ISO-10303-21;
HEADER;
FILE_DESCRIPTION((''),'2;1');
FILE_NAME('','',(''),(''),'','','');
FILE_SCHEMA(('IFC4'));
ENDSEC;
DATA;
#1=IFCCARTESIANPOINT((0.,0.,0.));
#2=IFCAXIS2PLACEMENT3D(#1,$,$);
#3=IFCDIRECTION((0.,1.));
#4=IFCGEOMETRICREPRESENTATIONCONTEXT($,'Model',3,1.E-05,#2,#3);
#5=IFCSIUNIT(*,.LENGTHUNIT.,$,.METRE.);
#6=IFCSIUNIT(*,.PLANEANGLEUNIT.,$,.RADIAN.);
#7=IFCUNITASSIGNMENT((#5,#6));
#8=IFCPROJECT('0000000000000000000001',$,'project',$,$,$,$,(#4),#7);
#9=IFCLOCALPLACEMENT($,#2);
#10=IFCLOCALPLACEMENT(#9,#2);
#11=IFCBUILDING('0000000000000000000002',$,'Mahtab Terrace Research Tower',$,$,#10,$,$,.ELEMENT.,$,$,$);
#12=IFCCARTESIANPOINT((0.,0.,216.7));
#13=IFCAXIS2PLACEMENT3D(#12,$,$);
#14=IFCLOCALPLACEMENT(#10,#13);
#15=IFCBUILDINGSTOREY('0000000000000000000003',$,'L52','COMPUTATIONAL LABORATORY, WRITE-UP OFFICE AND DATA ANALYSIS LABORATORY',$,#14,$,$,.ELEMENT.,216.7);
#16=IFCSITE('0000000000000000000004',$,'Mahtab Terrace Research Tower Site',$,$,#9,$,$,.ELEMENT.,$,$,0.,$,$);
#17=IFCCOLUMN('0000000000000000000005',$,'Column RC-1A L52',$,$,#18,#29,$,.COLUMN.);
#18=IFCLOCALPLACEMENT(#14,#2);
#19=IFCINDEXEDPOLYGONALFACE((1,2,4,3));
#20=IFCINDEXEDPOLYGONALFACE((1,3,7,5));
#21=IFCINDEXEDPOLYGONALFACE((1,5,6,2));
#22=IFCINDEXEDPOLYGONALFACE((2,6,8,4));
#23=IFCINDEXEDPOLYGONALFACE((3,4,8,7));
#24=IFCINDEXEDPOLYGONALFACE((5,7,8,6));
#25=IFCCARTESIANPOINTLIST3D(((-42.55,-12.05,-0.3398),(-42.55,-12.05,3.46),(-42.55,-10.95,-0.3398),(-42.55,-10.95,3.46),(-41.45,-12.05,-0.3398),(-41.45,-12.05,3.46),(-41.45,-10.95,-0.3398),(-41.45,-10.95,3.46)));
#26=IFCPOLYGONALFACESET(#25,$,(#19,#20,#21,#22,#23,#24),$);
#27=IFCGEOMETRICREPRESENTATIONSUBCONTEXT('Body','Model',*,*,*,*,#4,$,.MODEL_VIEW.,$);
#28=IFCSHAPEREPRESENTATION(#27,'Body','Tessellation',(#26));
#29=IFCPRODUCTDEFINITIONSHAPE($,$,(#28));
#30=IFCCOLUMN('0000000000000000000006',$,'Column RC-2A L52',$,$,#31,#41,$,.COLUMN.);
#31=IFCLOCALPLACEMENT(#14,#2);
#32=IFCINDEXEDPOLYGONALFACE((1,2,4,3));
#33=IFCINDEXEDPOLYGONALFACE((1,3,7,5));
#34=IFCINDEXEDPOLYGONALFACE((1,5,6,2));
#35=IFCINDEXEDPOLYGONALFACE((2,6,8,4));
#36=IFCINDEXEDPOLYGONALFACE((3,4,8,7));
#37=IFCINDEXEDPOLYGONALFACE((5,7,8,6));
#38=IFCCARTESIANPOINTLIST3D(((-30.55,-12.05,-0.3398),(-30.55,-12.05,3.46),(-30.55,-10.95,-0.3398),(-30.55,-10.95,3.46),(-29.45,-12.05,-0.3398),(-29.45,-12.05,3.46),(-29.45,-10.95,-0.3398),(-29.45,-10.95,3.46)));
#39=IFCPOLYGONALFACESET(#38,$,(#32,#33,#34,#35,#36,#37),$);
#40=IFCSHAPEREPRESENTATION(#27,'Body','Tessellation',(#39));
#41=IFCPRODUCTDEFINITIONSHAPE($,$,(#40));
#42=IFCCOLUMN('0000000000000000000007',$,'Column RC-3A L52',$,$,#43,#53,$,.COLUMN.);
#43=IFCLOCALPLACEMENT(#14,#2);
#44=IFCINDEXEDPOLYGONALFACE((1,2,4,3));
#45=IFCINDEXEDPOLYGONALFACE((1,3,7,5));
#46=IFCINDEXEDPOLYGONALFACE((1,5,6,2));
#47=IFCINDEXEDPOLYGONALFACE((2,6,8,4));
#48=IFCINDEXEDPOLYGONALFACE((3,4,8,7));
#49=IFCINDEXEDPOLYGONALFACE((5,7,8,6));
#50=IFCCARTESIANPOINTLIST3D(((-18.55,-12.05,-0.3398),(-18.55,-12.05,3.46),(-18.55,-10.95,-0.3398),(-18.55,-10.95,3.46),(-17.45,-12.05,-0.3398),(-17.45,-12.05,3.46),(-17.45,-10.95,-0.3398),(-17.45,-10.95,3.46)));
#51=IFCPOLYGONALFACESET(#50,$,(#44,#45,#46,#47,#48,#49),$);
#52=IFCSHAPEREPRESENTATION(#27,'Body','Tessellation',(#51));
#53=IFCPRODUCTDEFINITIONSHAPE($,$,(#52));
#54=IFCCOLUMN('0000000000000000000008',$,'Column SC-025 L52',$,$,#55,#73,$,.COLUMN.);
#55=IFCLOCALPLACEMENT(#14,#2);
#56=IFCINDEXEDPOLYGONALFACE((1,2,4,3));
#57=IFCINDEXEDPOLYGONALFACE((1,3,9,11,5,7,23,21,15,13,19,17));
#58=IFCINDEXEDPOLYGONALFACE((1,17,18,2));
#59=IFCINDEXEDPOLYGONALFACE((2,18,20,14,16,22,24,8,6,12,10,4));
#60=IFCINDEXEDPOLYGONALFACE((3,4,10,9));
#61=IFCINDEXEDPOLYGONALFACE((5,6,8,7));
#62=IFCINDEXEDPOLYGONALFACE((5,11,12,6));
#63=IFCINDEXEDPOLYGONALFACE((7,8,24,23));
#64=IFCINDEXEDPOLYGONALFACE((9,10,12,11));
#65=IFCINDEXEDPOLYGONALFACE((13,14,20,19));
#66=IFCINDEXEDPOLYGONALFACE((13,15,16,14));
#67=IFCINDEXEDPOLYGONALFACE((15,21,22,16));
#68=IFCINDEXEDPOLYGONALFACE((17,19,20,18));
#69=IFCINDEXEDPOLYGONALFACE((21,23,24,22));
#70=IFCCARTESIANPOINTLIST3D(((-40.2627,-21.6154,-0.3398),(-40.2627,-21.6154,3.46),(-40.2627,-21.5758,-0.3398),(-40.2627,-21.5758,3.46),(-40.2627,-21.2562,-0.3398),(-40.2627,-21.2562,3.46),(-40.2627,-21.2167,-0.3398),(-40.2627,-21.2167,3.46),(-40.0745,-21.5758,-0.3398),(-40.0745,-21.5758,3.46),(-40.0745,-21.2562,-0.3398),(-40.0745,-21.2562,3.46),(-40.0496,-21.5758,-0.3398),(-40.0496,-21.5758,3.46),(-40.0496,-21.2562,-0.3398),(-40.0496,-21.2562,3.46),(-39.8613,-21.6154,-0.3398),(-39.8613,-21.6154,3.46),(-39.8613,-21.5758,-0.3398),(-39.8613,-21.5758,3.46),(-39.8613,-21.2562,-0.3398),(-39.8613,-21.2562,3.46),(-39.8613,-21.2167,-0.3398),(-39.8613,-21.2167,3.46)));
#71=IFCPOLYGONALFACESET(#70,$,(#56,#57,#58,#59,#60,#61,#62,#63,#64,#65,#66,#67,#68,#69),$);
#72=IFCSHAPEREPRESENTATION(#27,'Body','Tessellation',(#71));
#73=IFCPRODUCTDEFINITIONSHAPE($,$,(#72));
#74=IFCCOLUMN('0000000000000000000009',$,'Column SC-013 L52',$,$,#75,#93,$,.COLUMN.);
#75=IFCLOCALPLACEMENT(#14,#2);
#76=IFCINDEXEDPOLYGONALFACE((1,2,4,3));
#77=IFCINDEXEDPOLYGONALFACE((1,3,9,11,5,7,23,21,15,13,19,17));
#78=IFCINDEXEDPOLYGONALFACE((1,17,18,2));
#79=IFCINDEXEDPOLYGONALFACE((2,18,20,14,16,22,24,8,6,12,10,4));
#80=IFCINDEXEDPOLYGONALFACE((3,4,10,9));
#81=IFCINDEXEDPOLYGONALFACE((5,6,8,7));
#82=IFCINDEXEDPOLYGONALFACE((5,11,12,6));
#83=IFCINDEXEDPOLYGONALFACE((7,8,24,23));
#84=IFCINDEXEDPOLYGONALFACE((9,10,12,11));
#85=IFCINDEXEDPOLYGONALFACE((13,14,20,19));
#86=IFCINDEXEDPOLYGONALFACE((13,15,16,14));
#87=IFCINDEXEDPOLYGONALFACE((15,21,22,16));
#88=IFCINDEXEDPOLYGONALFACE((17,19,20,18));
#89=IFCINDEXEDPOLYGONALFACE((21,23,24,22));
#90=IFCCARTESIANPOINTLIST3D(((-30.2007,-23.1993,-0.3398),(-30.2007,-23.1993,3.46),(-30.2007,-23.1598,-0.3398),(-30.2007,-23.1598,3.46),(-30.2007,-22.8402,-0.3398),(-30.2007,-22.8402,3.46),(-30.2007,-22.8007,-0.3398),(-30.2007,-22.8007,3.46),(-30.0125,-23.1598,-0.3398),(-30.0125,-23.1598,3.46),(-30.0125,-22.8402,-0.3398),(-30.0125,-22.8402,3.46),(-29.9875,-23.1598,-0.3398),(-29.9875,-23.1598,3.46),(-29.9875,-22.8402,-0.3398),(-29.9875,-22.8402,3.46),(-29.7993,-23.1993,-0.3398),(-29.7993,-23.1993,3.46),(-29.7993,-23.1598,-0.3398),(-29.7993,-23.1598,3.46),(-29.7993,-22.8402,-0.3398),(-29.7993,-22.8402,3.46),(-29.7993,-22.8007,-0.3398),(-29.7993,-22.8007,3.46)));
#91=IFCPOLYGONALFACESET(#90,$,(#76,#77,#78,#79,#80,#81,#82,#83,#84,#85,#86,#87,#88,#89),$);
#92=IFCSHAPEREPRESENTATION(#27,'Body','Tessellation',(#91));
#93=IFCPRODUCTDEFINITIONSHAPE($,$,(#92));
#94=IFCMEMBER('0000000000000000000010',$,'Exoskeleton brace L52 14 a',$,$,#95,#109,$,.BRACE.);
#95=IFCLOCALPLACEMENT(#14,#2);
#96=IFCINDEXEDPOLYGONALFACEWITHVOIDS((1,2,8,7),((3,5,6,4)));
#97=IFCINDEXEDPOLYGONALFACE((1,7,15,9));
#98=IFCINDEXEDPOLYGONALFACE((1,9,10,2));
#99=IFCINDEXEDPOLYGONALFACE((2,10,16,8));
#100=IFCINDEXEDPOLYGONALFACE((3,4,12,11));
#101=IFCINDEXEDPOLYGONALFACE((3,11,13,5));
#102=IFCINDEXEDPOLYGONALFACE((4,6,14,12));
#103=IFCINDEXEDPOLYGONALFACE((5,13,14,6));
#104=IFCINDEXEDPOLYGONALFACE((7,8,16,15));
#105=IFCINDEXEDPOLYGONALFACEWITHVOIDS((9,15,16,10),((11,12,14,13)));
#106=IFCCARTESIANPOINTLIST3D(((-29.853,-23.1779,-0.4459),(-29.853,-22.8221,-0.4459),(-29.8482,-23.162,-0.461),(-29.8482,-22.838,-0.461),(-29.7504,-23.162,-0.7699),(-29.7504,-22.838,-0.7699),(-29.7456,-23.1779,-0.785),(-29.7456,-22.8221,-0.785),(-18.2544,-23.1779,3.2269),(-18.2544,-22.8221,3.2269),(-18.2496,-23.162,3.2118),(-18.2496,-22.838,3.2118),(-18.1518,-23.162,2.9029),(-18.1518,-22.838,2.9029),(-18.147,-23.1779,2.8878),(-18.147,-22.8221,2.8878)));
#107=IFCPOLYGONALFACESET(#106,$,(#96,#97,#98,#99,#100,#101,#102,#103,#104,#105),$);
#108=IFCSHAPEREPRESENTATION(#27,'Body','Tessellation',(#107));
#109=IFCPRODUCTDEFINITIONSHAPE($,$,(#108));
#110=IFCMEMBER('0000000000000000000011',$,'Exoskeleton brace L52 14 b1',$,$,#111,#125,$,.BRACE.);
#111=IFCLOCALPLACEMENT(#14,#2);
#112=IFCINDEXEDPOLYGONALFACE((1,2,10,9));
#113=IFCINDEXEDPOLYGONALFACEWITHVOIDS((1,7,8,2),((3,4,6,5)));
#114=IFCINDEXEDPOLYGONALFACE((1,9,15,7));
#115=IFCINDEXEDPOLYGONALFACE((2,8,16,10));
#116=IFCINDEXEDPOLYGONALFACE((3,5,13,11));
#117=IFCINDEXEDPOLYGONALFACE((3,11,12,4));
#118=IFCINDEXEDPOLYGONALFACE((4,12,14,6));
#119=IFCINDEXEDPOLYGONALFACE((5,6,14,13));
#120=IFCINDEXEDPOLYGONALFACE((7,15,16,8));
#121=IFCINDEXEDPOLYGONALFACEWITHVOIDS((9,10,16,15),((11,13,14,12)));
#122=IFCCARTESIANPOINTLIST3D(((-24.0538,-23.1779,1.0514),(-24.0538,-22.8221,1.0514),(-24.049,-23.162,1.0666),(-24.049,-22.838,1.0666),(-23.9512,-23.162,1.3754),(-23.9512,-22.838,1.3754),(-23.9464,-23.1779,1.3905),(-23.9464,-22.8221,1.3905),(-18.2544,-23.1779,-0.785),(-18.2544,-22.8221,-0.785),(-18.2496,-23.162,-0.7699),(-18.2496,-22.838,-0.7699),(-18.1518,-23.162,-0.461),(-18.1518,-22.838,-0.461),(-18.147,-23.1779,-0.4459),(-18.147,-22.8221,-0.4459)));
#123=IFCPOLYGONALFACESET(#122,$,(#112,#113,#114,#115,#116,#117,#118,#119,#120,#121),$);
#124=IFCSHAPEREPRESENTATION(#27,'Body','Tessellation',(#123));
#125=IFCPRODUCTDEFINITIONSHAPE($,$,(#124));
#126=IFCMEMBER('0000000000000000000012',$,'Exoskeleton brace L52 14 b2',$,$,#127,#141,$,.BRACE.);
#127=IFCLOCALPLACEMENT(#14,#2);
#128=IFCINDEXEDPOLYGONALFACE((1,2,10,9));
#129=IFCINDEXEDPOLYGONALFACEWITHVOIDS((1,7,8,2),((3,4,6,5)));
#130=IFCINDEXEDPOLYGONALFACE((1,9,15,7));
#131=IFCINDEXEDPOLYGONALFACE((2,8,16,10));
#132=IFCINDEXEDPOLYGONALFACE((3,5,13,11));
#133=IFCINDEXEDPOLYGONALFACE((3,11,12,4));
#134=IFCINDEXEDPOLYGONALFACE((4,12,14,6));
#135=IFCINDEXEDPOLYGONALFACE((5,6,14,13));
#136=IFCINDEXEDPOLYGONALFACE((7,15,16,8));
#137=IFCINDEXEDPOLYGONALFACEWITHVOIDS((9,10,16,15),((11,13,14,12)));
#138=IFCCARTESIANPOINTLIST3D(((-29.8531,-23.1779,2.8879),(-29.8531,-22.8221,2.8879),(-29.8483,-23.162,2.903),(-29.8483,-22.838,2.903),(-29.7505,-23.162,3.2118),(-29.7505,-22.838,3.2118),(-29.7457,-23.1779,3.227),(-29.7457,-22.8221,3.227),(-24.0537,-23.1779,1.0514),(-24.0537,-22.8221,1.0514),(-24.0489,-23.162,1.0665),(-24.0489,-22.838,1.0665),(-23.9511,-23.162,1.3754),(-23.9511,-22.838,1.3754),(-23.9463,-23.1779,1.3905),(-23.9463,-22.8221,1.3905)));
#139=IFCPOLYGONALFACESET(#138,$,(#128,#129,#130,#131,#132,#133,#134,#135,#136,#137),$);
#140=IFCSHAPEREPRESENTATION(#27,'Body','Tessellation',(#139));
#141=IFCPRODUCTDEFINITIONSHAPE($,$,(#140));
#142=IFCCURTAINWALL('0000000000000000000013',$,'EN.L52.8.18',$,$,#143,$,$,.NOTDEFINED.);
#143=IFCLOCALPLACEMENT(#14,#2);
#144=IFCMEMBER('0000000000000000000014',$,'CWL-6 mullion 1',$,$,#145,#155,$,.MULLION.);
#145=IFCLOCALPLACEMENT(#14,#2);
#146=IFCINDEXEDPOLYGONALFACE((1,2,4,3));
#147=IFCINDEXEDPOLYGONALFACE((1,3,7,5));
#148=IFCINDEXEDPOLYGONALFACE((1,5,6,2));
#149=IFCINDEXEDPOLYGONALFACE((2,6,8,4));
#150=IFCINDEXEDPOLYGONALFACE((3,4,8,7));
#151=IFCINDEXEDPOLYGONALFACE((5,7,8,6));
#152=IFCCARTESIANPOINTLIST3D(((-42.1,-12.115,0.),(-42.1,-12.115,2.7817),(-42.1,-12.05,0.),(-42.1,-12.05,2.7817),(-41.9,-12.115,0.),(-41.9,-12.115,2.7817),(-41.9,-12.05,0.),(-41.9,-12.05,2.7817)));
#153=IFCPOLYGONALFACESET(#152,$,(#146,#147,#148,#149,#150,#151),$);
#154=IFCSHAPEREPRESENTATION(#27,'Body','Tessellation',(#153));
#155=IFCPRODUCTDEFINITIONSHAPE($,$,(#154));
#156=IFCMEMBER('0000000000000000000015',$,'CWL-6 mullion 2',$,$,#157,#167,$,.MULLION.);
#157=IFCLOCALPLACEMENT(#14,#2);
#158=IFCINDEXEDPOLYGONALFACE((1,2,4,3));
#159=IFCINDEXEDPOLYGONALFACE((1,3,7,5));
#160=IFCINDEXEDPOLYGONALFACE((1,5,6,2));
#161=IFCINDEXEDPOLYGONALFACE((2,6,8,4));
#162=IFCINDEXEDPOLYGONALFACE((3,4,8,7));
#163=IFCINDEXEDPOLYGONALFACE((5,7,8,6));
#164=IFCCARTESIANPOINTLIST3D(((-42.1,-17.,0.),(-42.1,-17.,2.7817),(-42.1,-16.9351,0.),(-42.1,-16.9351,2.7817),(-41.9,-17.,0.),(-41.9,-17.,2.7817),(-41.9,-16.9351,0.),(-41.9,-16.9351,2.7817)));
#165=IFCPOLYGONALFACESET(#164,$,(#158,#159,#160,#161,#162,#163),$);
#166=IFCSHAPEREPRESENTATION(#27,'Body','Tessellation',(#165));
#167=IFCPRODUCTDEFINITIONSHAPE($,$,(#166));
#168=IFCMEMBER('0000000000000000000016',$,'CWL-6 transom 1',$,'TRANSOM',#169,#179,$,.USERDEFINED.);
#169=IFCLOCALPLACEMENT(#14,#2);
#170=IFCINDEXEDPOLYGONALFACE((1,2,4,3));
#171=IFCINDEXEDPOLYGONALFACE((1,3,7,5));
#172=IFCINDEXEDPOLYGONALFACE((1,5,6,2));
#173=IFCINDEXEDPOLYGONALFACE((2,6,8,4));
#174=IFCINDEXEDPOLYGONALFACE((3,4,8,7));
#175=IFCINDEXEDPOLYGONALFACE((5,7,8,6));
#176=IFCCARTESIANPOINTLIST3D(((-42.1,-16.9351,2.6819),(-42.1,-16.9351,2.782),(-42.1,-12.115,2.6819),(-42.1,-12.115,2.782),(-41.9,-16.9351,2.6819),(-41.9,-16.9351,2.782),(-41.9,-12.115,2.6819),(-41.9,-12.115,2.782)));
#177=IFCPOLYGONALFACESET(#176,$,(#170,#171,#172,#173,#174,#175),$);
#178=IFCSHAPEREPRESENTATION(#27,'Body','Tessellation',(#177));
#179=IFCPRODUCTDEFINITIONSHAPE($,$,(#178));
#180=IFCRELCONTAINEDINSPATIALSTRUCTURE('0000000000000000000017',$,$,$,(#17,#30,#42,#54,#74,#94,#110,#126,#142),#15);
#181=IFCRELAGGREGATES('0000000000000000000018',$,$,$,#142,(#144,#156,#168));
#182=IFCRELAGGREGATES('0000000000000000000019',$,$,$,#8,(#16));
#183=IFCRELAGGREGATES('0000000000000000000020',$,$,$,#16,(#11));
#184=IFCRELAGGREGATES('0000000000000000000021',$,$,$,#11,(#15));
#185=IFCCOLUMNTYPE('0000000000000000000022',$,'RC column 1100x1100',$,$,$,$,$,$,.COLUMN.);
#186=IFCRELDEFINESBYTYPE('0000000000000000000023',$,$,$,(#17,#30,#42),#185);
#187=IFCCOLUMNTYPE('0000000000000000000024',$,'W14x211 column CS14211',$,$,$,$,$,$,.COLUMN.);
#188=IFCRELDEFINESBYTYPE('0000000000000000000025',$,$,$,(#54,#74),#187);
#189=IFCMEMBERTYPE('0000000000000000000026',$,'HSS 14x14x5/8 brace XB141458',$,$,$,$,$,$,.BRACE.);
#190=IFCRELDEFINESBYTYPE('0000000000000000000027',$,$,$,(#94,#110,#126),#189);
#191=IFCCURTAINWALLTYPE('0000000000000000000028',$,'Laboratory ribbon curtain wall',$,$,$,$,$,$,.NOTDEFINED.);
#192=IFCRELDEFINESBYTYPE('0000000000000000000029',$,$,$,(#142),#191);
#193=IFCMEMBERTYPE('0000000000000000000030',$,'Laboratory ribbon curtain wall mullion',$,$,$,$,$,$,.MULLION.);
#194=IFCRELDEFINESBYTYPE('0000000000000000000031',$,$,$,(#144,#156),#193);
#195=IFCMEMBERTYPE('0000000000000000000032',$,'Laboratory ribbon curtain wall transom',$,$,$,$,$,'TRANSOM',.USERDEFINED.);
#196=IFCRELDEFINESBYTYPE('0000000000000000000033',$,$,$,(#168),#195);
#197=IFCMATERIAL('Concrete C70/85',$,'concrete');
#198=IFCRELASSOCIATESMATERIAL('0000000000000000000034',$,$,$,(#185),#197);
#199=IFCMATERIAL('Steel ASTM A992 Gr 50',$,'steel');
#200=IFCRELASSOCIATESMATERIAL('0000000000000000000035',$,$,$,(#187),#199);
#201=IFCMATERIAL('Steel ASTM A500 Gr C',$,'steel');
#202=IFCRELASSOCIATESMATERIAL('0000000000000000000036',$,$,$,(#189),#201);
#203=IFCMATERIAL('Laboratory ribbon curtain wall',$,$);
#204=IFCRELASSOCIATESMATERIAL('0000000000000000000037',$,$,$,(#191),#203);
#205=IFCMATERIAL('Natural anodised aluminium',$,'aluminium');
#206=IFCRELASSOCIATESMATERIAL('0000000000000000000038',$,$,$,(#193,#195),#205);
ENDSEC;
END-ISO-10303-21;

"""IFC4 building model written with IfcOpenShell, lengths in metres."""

from ifc_helpers import new_model, si_unit, direction, frame, origin, origin_2d, place, context, subcontext, project, spatial, rectangle, hollow_rectangle, i_section, extrude, material, material_profile, profile_set, type_object, element, aggregate, save


model = new_model("IFC4")

# Units and contexts
model_context = context("Model", 3, precision=1e-05, world=origin(), true_north=direction((0.0, 1.0)))
body_context = subcontext(model_context, "Body", "Model", "MODEL_VIEW")
ifc_project = project(units=[si_unit("LENGTHUNIT", "METRE"), si_unit("PLANEANGLEUNIT", "RADIAN")], contexts=[model_context])

# Site, building, storey
site_placement = place(None, origin())
site = spatial("IfcSite", under=ifc_project, at=site_placement, Name="Mahtab Terrace Research Tower Site", CompositionType="ELEMENT", RefElevation=0.0)
building_placement = place(site_placement, origin())
building = spatial("IfcBuilding", under=site, at=building_placement, Name="Mahtab Terrace Research Tower", CompositionType="ELEMENT")
storey_placement = place(building_placement, frame((0.0, 0.0, 216.7)))
storey = spatial("IfcBuildingStorey", under=building, at=storey_placement, Name="L52", Description="COMPUTATIONAL LABORATORY, WRITE-UP OFFICE AND DATA ANALYSIS LABORATORY", CompositionType="ELEMENT", Elevation=216.7)

# Columns
ifc_material_1 = material(Name="Concrete C70/85", Category="concrete")
ifc_material_profile_1 = material_profile(ifc_material_1, rectangle(XDim=1.1001, YDim=1.1001, at=origin_2d()), Name="RC column 1100x1100")
ifc_profile_set_1 = profile_set([ifc_material_profile_1], Name="Concrete C70/85")
column_type_1 = type_object("IfcColumnType", Name="RC column 1100x1100", PredefinedType="COLUMN", material=ifc_profile_set_1)
for number, where, z_axis, x_axis, name in (
    (1, (-42.0, -11.5, -0.3398), (0.0, 0.0, 1.0), (1.0, 0.0, 0.0), "Column RC-1A L52"),
    (2, (-30.0, -11.5, -0.3398), (0.0, 0.0, 1.0), (1.0, 0.0, 0.0), "Column RC-2A L52"),
    (3, (-18.0, -11.5, -0.3398), (0.0, 0.0, 1.0), (1.0, 0.0, 0.0), "Column RC-3A L52"),
):
    element("IfcColumn", number, at=place(storey_placement, frame(where, z_axis=z_axis, x_axis=x_axis)), inside=storey, type_object=column_type_1, Name=name, PredefinedType="COLUMN", context=body_context, shape_type="SweptSolid", body=[
        extrude(rectangle(XDim=1.1001, YDim=1.1001, at=origin_2d()), origin(), (0.0, 0.0, 1.0), 3.7998),
    ])
ifc_material_2 = material(Name="Steel ASTM A992 Gr 50", Category="steel")
ifc_material_profile_2 = material_profile(ifc_material_2, i_section(OverallWidth=0.4014, OverallDepth=0.3987, WebThickness=0.0249, FlangeThickness=0.0396, at=origin_2d()), Name="W14X211")
ifc_profile_set_2 = profile_set([ifc_material_profile_2], Name="Steel ASTM A992 Gr 50")
column_type_2 = type_object("IfcColumnType", Name="W14x211 column CS14211", PredefinedType="COLUMN", material=ifc_profile_set_2)
for number, where, z_axis, x_axis, name in (
    (4, (-40.062, -21.416, -0.3398), (0.0, 0.0, 1.0), (1.0, 0.0, 0.0), "Column SC-025 L52"),
    (5, (-30.0, -23.0, -0.3398), (0.0, 0.0, 1.0), (1.0, 0.0, 0.0), "Column SC-013 L52"),
):
    element("IfcColumn", number, at=place(storey_placement, frame(where, z_axis=z_axis, x_axis=x_axis)), inside=storey, type_object=column_type_2, Name=name, PredefinedType="COLUMN", context=body_context, shape_type="SweptSolid", body=[
        extrude(i_section(OverallWidth=0.4014, OverallDepth=0.3987, WebThickness=0.0249, FlangeThickness=0.0396, at=origin_2d()), origin(), (0.0, 0.0, 1.0), 3.7998),
    ])

# Members
ifc_material_3 = material(Name="Steel ASTM A500 Gr C", Category="steel")
ifc_material_profile_3 = material_profile(ifc_material_3, hollow_rectangle(XDim=0.3557, YDim=0.3557, WallThickness=0.0159, at=origin_2d()), Name="HSS14X14X5/8")
ifc_profile_set_3 = profile_set([ifc_material_profile_3], Name="Steel ASTM A500 Gr C")
member_type_1 = type_object("IfcMemberType", Name="HSS 14x14x5/8 brace XB141458", PredefinedType="BRACE", material=ifc_profile_set_3)
member_1_placement = place(storey_placement, frame((-29.7993, -23.0, -0.6155), z_axis=(0.953343, 0.0, 0.301888), x_axis=(0.0, 1.0, 0.0)))
element("IfcMember", 6, at=member_1_placement, inside=storey, type_object=member_type_1, Name="Exoskeleton brace L52 14 a", PredefinedType="BRACE", context=body_context, shape_type="SweptSolid", body=[
    extrude(hollow_rectangle(XDim=0.3557, YDim=0.3557, WallThickness=0.0159, at=origin_2d()), origin(), (0.0, 0.0, 1.0), 12.1663),
])
for number, where, z_axis, x_axis, name in (
    (7, (-18.2007, -23.0, -0.6155), (-0.953343, 0.0, 0.301888), (0.0, -1.0, 0.0), "Exoskeleton brace L52 14 b1"),
    (8, (-24.0, -23.0, 1.2209), (-0.953343, 0.0, 0.301888), (0.0, -1.0, 0.0), "Exoskeleton brace L52 14 b2"),
):
    element("IfcMember", number, at=place(storey_placement, frame(where, z_axis=z_axis, x_axis=x_axis)), inside=storey, type_object=member_type_1, Name=name, PredefinedType="BRACE", context=body_context, shape_type="SweptSolid", body=[
        extrude(hollow_rectangle(XDim=0.3557, YDim=0.3557, WallThickness=0.0159, at=origin_2d()), origin(), (0.0, 0.0, 1.0), 6.0833),
    ])

# Curtain wall, members
ifc_material_4 = material(Name="Laboratory ribbon curtain wall")
curtain_wall_type = type_object("IfcCurtainWallType", Name="Laboratory ribbon curtain wall", PredefinedType="NOTDEFINED", material=ifc_material_4)
curtain_wall_placement = place(storey_placement, origin())
curtain_wall = element("IfcCurtainWall", 9, at=curtain_wall_placement, inside=storey, type_object=curtain_wall_type, Name="EN.L52.8.18", PredefinedType="NOTDEFINED")
ifc_material_5 = material(Name="Natural anodised aluminium", Category="aluminium")
ifc_material_profile_4 = material_profile(ifc_material_5, rectangle(XDim=0.2, YDim=0.0649, at=origin_2d()), Name="MULLION 65x200")
ifc_profile_set_4 = profile_set([ifc_material_profile_4], Name="Natural anodised aluminium")
member_type_2 = type_object("IfcMemberType", Name="Laboratory ribbon curtain wall mullion", PredefinedType="MULLION", material=ifc_profile_set_4)
member_2_placement = place(storey_placement, frame((-42.0, -12.0825, 0.0), z_axis=(0.0, 0.0, 1.0), x_axis=(1.0, 0.0, 0.0)))
member_2 = element("IfcMember", 10, at=member_2_placement, type_object=member_type_2, Name="CWL-6 mullion 1", PredefinedType="MULLION", context=body_context, shape_type="SweptSolid", body=[
    extrude(rectangle(XDim=0.2, YDim=0.0649, at=origin_2d()), origin(), (0.0, 0.0, 1.0), 2.7817),
])
member_3_placement = place(storey_placement, frame((-42.0, -16.9675, 0.0), z_axis=(0.0, 0.0, 1.0), x_axis=(1.0, 0.0, 0.0)))
member_3 = element("IfcMember", 11, at=member_3_placement, type_object=member_type_2, Name="CWL-6 mullion 2", PredefinedType="MULLION", context=body_context, shape_type="SweptSolid", body=[
    extrude(rectangle(XDim=0.2, YDim=0.0649, at=origin_2d()), origin(), (0.0, 0.0, 1.0), 2.7817),
])
ifc_material_profile_5 = material_profile(ifc_material_5, rectangle(XDim=0.2, YDim=0.1001, at=origin_2d()), Name="TRANSOM 100x200")
ifc_profile_set_5 = profile_set([ifc_material_profile_5], Name="Natural anodised aluminium")
member_type_3 = type_object("IfcMemberType", Name="Laboratory ribbon curtain wall transom", ElementType="TRANSOM", PredefinedType="USERDEFINED", material=ifc_profile_set_5)
member_4_placement = place(storey_placement, frame((-42.0, -12.115, 2.7319), z_axis=(0.0, -1.0, 0.0), x_axis=(1.0, 0.0, 0.0)))
member_4 = element("IfcMember", 12, at=member_4_placement, type_object=member_type_3, Name="CWL-6 transom 1", ObjectType="TRANSOM", PredefinedType="USERDEFINED", context=body_context, shape_type="SweptSolid", body=[
    extrude(rectangle(XDim=0.2, YDim=0.1001, at=origin_2d()), origin(), (0.0, 0.0, 1.0), 4.8201),
])

aggregate(curtain_wall, [member_2, member_3, member_4])

save(model, "model.ifc")
